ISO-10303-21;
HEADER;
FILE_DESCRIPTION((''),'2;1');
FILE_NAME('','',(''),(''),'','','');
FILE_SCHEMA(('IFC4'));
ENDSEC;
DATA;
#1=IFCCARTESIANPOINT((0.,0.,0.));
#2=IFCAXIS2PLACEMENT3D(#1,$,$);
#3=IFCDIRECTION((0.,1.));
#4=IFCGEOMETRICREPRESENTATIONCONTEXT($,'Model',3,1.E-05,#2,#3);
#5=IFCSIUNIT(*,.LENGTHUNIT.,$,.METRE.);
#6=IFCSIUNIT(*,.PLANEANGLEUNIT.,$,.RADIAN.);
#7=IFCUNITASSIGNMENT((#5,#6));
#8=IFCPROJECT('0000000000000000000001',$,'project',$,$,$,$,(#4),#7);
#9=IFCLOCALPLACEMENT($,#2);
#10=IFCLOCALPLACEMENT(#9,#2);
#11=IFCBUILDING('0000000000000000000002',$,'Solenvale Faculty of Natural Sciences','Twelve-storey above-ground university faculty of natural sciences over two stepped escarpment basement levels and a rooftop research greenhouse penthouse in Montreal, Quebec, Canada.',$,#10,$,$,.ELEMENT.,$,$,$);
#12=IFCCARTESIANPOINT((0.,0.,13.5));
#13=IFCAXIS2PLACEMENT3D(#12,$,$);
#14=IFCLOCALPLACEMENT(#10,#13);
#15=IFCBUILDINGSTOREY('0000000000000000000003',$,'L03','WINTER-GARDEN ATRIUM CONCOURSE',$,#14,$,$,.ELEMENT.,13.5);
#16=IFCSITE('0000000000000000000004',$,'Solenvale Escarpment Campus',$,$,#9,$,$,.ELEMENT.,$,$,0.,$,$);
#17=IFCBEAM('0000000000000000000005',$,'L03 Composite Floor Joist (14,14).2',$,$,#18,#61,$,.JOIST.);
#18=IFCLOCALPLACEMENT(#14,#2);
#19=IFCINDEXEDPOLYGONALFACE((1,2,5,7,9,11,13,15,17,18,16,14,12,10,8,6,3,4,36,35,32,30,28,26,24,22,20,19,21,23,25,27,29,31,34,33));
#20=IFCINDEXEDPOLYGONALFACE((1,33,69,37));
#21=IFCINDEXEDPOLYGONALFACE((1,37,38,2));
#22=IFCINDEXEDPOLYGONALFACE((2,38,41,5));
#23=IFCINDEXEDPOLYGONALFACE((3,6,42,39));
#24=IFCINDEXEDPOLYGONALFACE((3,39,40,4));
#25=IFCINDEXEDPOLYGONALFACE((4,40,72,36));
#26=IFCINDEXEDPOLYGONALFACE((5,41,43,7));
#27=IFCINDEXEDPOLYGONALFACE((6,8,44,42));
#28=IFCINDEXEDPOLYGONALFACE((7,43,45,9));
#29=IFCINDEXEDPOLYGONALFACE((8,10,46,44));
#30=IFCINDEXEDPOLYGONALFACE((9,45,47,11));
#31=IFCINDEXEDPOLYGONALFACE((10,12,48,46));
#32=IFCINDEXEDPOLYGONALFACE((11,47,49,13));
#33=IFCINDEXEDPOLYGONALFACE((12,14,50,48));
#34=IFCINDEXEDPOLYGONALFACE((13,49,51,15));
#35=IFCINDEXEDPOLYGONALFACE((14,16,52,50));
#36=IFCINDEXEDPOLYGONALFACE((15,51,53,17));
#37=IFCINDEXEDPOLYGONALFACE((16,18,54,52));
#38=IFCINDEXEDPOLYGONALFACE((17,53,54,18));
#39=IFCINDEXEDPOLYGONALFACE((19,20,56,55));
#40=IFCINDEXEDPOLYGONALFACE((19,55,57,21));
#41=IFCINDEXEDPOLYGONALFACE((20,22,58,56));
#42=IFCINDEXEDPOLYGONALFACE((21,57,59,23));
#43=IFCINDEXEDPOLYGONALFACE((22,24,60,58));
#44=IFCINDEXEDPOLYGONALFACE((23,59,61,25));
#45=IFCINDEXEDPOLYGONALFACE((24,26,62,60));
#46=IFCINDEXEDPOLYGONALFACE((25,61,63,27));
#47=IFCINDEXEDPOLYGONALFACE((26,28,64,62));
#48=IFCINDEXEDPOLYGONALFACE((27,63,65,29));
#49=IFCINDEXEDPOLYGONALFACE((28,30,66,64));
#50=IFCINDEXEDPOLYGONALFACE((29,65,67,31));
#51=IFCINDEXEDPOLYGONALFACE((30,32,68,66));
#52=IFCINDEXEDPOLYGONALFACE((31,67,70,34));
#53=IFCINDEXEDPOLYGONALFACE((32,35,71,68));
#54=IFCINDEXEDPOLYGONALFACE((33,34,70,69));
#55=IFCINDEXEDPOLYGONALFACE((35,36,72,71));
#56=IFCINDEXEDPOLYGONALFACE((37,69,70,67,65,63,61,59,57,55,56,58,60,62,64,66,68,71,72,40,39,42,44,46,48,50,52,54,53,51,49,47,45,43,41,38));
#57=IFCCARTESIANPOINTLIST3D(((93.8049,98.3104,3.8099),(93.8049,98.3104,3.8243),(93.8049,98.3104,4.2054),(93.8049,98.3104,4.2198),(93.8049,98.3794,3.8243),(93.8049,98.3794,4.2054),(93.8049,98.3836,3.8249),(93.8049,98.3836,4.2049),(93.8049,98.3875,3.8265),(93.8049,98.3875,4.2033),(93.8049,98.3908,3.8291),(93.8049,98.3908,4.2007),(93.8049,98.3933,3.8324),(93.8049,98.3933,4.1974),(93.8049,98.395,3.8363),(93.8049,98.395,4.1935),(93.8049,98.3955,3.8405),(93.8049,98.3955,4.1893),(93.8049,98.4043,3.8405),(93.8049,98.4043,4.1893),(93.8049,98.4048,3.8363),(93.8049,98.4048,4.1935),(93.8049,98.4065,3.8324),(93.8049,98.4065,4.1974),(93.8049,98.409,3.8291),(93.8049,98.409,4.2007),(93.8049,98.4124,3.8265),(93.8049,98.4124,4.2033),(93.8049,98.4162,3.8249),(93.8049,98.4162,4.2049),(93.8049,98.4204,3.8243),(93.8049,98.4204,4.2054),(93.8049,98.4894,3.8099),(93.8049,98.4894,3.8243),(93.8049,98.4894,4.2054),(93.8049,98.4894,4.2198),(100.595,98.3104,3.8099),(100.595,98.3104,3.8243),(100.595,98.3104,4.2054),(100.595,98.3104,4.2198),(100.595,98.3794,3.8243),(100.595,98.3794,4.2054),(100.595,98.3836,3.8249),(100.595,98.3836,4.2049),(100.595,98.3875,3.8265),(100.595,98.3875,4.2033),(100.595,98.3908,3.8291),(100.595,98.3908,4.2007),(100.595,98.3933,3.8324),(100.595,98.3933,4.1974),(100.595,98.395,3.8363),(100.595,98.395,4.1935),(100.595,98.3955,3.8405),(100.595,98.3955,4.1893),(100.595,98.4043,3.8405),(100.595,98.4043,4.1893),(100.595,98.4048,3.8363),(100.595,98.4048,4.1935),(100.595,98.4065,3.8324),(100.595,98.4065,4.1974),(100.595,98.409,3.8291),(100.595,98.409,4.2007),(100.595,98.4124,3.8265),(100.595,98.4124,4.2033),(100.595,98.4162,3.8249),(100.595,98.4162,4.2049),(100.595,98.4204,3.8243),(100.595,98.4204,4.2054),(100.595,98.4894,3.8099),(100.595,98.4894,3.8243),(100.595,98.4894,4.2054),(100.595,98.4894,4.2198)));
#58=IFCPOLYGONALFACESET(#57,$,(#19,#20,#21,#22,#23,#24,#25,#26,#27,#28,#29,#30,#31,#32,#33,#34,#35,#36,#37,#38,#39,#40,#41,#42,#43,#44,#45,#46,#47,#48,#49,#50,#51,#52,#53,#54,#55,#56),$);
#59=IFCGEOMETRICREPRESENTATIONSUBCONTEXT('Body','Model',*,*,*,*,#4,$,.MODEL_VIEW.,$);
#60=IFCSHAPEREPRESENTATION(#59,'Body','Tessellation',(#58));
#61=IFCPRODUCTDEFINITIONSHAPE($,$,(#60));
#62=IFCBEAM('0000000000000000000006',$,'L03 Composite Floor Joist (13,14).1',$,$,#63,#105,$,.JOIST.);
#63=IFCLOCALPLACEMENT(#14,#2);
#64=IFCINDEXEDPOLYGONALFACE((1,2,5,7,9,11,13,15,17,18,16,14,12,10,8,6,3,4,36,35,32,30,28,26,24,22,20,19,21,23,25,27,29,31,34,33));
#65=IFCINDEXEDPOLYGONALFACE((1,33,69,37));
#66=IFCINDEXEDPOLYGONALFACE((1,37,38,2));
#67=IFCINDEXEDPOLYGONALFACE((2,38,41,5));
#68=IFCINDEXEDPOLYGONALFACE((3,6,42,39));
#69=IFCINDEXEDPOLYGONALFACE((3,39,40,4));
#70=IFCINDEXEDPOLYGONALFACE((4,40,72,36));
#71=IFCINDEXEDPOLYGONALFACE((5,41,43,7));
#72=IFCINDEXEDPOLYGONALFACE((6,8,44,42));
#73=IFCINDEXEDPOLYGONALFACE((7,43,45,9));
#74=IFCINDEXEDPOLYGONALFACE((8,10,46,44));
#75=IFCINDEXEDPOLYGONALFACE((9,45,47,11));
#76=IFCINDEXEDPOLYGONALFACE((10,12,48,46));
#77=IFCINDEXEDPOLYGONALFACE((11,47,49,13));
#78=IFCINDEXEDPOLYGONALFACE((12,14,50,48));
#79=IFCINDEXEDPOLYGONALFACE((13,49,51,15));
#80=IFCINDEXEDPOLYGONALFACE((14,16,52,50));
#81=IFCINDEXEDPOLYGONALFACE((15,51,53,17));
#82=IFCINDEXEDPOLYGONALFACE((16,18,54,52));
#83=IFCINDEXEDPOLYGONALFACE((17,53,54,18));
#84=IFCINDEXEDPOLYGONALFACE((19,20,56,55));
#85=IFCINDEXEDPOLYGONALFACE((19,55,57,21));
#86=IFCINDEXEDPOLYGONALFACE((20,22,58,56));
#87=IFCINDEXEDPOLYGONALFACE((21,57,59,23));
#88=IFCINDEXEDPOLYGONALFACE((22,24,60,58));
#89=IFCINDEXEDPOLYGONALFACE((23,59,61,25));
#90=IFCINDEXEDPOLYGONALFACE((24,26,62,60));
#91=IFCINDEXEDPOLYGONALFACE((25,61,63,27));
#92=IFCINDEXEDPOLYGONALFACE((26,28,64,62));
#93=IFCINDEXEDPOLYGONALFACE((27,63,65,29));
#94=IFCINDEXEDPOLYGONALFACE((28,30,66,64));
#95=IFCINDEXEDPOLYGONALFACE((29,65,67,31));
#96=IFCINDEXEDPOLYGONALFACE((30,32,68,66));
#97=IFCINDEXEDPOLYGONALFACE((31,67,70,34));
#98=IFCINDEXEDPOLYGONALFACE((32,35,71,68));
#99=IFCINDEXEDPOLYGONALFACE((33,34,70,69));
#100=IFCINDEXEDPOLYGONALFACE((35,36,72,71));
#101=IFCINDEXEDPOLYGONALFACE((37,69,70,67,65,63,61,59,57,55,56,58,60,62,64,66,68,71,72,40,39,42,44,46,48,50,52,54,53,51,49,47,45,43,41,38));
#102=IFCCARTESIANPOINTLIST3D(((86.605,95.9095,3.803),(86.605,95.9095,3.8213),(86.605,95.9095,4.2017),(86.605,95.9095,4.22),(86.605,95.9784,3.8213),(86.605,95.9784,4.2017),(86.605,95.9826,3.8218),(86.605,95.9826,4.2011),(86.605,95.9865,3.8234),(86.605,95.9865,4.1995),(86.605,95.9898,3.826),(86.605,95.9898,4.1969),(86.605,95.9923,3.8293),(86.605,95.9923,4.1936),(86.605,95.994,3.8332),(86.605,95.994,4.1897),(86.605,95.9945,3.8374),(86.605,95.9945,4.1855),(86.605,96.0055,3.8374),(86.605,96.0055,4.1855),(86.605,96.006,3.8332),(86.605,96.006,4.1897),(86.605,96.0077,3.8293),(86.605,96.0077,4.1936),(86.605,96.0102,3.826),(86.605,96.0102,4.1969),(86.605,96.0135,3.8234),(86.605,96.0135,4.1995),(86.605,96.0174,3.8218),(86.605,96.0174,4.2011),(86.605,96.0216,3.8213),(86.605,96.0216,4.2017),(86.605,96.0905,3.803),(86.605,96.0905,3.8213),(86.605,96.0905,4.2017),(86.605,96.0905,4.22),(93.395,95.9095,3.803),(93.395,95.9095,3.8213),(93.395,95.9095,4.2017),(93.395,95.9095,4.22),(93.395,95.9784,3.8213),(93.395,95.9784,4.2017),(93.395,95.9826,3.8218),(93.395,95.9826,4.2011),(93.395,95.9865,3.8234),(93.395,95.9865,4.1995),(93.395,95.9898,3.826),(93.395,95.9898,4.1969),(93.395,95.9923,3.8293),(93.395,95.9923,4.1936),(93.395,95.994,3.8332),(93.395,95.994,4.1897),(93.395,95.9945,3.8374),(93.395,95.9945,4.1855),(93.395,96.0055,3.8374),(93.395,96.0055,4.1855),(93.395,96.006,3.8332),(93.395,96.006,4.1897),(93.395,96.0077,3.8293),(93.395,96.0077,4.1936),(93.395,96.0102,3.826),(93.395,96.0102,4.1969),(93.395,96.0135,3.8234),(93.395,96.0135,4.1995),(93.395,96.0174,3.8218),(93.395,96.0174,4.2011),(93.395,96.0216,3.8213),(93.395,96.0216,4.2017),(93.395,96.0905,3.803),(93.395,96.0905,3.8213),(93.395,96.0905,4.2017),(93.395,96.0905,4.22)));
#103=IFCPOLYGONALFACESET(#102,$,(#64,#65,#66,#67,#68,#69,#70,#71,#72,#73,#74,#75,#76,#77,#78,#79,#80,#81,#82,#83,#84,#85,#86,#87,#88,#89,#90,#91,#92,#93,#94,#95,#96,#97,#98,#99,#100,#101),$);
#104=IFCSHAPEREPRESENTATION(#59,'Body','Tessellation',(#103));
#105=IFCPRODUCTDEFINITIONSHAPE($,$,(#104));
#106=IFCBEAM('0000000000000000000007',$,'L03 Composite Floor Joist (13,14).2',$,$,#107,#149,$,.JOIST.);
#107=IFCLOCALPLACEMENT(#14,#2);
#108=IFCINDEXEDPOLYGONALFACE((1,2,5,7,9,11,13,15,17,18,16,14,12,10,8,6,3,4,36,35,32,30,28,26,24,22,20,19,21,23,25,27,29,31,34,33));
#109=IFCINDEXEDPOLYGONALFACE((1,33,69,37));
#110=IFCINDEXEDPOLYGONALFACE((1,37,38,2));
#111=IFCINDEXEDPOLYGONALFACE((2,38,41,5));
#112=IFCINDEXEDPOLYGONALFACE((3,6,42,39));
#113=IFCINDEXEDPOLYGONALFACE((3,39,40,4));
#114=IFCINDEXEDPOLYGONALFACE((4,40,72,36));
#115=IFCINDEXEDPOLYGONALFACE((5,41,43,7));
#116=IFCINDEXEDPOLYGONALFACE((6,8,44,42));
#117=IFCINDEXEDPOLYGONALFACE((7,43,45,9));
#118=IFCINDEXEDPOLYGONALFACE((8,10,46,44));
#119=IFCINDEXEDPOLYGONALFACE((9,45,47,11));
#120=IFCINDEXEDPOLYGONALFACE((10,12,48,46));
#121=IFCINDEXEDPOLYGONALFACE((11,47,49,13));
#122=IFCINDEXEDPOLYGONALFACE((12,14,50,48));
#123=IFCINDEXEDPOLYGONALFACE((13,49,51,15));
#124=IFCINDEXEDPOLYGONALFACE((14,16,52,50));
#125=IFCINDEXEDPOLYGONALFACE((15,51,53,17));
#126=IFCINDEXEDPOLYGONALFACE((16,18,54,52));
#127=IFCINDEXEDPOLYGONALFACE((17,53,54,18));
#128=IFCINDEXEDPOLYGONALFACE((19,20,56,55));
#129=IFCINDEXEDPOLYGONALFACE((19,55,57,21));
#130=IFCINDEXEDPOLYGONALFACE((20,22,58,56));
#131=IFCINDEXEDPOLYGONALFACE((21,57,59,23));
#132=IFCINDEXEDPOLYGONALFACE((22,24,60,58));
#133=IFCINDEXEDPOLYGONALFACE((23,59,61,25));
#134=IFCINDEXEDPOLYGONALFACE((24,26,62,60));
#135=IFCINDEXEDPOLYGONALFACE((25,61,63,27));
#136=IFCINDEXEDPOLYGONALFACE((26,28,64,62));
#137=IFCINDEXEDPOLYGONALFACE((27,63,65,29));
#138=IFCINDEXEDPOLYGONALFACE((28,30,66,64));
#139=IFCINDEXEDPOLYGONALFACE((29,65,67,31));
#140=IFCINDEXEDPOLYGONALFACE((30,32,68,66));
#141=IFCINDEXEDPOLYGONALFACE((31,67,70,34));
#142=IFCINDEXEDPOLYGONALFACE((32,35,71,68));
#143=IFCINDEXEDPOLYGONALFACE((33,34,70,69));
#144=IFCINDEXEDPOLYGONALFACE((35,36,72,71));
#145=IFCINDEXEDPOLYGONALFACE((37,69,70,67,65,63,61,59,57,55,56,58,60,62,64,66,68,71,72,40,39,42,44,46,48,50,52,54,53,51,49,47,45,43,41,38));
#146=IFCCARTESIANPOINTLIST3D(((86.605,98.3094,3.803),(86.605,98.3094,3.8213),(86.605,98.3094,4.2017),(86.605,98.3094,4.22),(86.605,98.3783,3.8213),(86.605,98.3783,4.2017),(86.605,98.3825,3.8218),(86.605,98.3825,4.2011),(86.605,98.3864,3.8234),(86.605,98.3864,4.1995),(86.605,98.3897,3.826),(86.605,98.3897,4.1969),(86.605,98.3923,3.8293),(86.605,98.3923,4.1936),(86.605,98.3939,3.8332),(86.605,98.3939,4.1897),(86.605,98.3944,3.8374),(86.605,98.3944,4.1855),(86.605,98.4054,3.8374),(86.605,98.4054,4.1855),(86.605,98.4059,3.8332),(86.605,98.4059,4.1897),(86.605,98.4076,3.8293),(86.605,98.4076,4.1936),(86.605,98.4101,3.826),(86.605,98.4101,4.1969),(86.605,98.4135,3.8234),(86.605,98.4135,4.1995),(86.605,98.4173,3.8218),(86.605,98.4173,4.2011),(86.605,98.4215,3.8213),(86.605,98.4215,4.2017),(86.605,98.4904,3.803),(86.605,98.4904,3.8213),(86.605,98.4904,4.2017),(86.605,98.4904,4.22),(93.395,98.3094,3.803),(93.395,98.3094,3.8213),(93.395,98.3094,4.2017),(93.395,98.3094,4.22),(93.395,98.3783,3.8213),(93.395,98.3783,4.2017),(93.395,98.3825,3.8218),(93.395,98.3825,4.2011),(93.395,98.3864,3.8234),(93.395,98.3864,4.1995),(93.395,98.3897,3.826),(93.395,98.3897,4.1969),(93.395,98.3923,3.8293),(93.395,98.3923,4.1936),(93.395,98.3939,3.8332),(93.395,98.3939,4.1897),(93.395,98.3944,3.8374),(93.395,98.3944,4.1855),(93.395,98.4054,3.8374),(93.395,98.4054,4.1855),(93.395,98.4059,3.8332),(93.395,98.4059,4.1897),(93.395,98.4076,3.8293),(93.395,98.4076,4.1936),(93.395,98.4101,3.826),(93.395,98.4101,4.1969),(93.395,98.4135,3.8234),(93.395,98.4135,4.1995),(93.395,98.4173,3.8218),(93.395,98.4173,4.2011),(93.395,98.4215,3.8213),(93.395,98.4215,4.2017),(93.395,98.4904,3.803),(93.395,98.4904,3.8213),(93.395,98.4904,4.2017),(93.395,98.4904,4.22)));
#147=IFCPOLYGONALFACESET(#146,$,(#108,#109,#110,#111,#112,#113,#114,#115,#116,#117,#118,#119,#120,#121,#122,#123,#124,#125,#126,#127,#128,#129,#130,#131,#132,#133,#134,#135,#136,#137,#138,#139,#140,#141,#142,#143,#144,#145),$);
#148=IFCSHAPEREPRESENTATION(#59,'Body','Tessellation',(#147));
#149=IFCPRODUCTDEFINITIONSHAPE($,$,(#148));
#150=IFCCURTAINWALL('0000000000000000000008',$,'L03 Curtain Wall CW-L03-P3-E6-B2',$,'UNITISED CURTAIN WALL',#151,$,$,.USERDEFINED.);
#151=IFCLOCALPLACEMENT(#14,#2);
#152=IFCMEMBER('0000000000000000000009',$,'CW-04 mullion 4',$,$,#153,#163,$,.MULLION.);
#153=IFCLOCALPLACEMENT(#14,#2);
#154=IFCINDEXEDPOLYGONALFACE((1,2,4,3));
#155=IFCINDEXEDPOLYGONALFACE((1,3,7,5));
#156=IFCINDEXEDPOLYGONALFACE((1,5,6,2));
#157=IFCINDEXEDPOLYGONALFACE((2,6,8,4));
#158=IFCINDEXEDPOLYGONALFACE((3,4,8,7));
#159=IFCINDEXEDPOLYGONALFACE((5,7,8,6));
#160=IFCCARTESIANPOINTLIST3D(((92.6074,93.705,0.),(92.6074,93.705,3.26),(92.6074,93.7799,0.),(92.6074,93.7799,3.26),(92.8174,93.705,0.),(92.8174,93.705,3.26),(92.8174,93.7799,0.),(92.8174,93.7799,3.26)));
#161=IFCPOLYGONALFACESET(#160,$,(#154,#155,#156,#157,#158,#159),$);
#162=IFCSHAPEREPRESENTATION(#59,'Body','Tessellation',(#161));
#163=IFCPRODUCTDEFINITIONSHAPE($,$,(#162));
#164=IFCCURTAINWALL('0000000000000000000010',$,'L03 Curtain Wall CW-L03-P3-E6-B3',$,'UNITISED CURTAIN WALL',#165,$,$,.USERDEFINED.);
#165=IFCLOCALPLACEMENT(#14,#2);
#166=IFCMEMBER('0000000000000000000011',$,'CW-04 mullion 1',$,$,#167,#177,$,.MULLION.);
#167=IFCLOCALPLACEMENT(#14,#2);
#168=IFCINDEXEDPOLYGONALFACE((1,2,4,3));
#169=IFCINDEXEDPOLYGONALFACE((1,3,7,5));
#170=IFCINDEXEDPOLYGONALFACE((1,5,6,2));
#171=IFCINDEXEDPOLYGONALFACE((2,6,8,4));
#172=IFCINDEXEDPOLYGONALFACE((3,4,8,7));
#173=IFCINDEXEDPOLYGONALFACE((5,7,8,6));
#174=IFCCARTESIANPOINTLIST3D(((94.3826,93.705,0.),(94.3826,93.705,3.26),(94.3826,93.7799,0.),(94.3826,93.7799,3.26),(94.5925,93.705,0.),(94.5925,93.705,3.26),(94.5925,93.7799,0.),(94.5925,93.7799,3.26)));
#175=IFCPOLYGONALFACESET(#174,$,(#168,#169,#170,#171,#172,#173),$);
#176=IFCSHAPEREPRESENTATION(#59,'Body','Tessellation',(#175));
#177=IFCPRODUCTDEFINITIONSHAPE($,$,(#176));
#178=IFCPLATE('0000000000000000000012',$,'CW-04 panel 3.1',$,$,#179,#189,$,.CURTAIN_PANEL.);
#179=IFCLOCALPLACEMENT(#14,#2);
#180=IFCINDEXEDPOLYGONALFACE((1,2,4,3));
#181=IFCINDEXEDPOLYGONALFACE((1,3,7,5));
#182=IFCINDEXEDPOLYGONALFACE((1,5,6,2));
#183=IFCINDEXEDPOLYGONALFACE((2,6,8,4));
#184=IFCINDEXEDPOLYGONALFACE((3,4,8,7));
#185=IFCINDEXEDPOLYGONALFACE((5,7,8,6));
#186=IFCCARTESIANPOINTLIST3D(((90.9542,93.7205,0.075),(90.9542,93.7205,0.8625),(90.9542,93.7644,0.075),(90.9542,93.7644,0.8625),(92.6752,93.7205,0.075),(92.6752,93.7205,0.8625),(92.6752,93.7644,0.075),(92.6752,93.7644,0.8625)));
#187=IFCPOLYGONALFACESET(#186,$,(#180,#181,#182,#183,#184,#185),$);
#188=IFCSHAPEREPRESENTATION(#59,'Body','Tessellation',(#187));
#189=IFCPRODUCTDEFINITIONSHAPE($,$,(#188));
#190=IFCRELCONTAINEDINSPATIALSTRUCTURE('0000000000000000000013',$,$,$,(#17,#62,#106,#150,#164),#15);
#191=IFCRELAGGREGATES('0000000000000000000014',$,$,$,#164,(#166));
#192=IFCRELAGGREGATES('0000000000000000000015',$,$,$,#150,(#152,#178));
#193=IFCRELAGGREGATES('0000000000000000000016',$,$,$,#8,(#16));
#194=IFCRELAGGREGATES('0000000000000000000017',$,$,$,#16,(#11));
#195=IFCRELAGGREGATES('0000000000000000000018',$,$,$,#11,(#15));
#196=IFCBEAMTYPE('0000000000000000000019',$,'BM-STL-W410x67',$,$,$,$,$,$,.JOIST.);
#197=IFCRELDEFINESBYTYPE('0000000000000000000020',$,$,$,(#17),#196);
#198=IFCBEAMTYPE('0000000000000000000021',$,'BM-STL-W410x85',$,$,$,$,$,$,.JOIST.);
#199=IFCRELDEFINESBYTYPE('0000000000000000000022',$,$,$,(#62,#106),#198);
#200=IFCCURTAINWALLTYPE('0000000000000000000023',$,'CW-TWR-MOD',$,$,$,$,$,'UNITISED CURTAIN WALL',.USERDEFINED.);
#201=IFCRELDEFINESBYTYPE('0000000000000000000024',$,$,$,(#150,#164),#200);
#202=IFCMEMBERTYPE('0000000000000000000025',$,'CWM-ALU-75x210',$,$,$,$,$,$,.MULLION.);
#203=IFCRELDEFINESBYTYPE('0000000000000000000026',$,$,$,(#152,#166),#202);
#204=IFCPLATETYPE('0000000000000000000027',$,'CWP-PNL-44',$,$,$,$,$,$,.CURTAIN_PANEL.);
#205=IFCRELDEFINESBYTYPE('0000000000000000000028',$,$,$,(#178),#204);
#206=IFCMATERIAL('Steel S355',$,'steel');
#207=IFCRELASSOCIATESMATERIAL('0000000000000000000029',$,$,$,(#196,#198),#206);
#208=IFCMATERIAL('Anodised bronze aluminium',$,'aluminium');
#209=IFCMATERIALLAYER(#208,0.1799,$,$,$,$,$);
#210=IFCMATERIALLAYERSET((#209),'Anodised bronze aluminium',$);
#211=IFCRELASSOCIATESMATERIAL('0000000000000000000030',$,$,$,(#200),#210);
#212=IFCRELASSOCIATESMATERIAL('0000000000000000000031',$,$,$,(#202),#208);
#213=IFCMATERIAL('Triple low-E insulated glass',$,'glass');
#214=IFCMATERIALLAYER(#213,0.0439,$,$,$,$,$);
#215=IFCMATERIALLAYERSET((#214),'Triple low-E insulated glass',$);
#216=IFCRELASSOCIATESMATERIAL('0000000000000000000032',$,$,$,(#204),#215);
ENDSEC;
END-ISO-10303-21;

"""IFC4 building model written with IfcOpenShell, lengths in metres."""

from ifc_helpers import new_model, si_unit, direction, frame, origin, origin_2d, place, context, subcontext, project, spatial, rectangle, i_section, extrude, material, layer, layer_set, material_profile, profile_set, type_object, element, aggregate, save


model = new_model("IFC4")

# Units and contexts
model_context = context("Model", 3, precision=1e-05, world=origin(), true_north=direction((0.0, 1.0)))
body_context = subcontext(model_context, "Body", "Model", "MODEL_VIEW")
ifc_project = project(units=[si_unit("LENGTHUNIT", "METRE"), si_unit("PLANEANGLEUNIT", "RADIAN")], contexts=[model_context])

# Site, building, storey
site_placement = place(None, origin())
site = spatial("IfcSite", under=ifc_project, at=site_placement, Name="Solenvale Escarpment Campus", CompositionType="ELEMENT", RefElevation=0.0)
building_placement = place(site_placement, origin())
building = spatial("IfcBuilding", under=site, at=building_placement, Name="Solenvale Faculty of Natural Sciences", Description="Twelve-storey above-ground university faculty of natural sciences over two stepped escarpment basement levels and a rooftop research greenhouse penthouse in Montreal, Quebec, Canada.", CompositionType="ELEMENT")
storey_placement = place(building_placement, frame((0.0, 0.0, 13.5)))
storey = spatial("IfcBuildingStorey", under=building, at=storey_placement, Name="L03", Description="WINTER-GARDEN ATRIUM CONCOURSE", CompositionType="ELEMENT", Elevation=13.5)

# Beams
ifc_material_1 = material(Name="Steel S355", Category="steel")
ifc_material_profile_1 = material_profile(ifc_material_1, i_section(OverallWidth=0.179, OverallDepth=0.4099, WebThickness=0.0088, FlangeThickness=0.0144, FilletRadius=0.0161, at=origin_2d()), Name="W410x67")
ifc_profile_set_1 = profile_set([ifc_material_profile_1], Name="Steel S355")
beam_type_1 = type_object("IfcBeamType", Name="BM-STL-W410x67", PredefinedType="JOIST", material=ifc_profile_set_1)
for number, where, z_axis, x_axis, name in (
    (1, (93.8049, 98.3999, 4.0149), (1.0, 0.0, 0.0), (0.0, 1.0, 0.0), "L03 Composite Floor Joist (14,14).2"),
):
    element("IfcBeam", number, at=place(storey_placement, frame(where, z_axis=z_axis, x_axis=x_axis)), inside=storey, type_object=beam_type_1, Name=name, PredefinedType="JOIST", context=body_context, shape_type="SweptSolid", body=[
        extrude(i_section(OverallWidth=0.179, OverallDepth=0.4099, WebThickness=0.0088, FlangeThickness=0.0144, FilletRadius=0.0161, at=origin_2d()), origin(), (0.0, 0.0, 1.0), 6.79),
    ])
ifc_material_profile_2 = material_profile(ifc_material_1, i_section(OverallWidth=0.1809, OverallDepth=0.417, WebThickness=0.011, FlangeThickness=0.0183, FilletRadius=0.0161, at=origin_2d()), Name="W410x85")
ifc_profile_set_2 = profile_set([ifc_material_profile_2], Name="Steel S355")
beam_type_2 = type_object("IfcBeamType", Name="BM-STL-W410x85", PredefinedType="JOIST", material=ifc_profile_set_2)
for number, where, z_axis, x_axis, name in (
    (2, (86.605, 96.0, 4.0115), (1.0, 0.0, 0.0), (0.0, 1.0, 0.0), "L03 Composite Floor Joist (13,14).1"),
    (3, (86.605, 98.3999, 4.0115), (1.0, 0.0, 0.0), (0.0, 1.0, 0.0), "L03 Composite Floor Joist (13,14).2"),
):
    element("IfcBeam", number, at=place(storey_placement, frame(where, z_axis=z_axis, x_axis=x_axis)), inside=storey, type_object=beam_type_2, Name=name, PredefinedType="JOIST", context=body_context, shape_type="SweptSolid", body=[
        extrude(i_section(OverallWidth=0.1809, OverallDepth=0.417, WebThickness=0.011, FlangeThickness=0.0183, FilletRadius=0.0161, at=origin_2d()), origin(), (0.0, 0.0, 1.0), 6.79),
    ])

# Curtain walls, members
ifc_material_2 = material(Name="Anodised bronze aluminium", Category="aluminium")
ifc_layer_1 = layer(ifc_material_2, 0.1799)
ifc_layer_set_1 = layer_set([ifc_layer_1], Name="Anodised bronze aluminium")
curtain_wall_type = type_object("IfcCurtainWallType", Name="CW-TWR-MOD", ElementType="UNITISED CURTAIN WALL", PredefinedType="USERDEFINED", material=ifc_layer_set_1)
curtain_wall_1_placement = place(storey_placement, origin())
curtain_wall_1 = element("IfcCurtainWall", 4, at=curtain_wall_1_placement, inside=storey, type_object=curtain_wall_type, Name="L03 Curtain Wall CW-L03-P3-E6-B2", ObjectType="UNITISED CURTAIN WALL", PredefinedType="USERDEFINED")
ifc_material_profile_3 = material_profile(ifc_material_2, rectangle(XDim=0.075, YDim=0.21, at=origin_2d()), Name="ALU-MUL-75x210")
ifc_profile_set_3 = profile_set([ifc_material_profile_3], Name="Anodised bronze aluminium")
member_type = type_object("IfcMemberType", Name="CWM-ALU-75x210", PredefinedType="MULLION", material=ifc_profile_set_3)
member_1_placement = place(storey_placement, frame((92.7124, 93.7424, 0.0), z_axis=(0.0, 0.0, 1.0), x_axis=(0.0, 1.0, 0.0)))
member_1 = element("IfcMember", 5, at=member_1_placement, type_object=member_type, Name="CW-04 mullion 4", PredefinedType="MULLION", context=body_context, shape_type="SweptSolid", body=[
    extrude(rectangle(XDim=0.075, YDim=0.21, at=origin_2d()), origin(), (0.0, 0.0, 1.0), 3.26),
])
curtain_wall_2_placement = place(storey_placement, origin())
curtain_wall_2 = element("IfcCurtainWall", 6, at=curtain_wall_2_placement, inside=storey, type_object=curtain_wall_type, Name="L03 Curtain Wall CW-L03-P3-E6-B3", ObjectType="UNITISED CURTAIN WALL", PredefinedType="USERDEFINED")
member_2_placement = place(storey_placement, frame((94.4875, 93.7424, 0.0), z_axis=(0.0, 0.0, 1.0), x_axis=(0.0, 1.0, 0.0)))
member_2 = element("IfcMember", 7, at=member_2_placement, type_object=member_type, Name="CW-04 mullion 1", PredefinedType="MULLION", context=body_context, shape_type="SweptSolid", body=[
    extrude(rectangle(XDim=0.075, YDim=0.21, at=origin_2d()), origin(), (0.0, 0.0, 1.0), 3.26),
])
aggregate(curtain_wall_2, [member_2])

# Plate
ifc_material_3 = material(Name="Triple low-E insulated glass", Category="glass")
ifc_layer_2 = layer(ifc_material_3, 0.0439)
ifc_layer_set_2 = layer_set([ifc_layer_2], Name="Triple low-E insulated glass")
plate_type = type_object("IfcPlateType", Name="CWP-PNL-44", PredefinedType="CURTAIN_PANEL", material=ifc_layer_set_2)
plate_1_placement = place(storey_placement, frame((91.8147, 93.7424, 0.075), z_axis=(0.0, 0.0, 1.0), x_axis=(1.0, 0.0, 0.0)))
plate_1 = element("IfcPlate", 8, at=plate_1_placement, type_object=plate_type, Name="CW-04 panel 3.1", PredefinedType="CURTAIN_PANEL", context=body_context, shape_type="SweptSolid", body=[
    extrude(rectangle(XDim=1.7209, YDim=0.0439, at=origin_2d()), origin(), (0.0, 0.0, 1.0), 0.7876),
])
aggregate(curtain_wall_1, [member_1, plate_1])

save(model, "model.ifc")
